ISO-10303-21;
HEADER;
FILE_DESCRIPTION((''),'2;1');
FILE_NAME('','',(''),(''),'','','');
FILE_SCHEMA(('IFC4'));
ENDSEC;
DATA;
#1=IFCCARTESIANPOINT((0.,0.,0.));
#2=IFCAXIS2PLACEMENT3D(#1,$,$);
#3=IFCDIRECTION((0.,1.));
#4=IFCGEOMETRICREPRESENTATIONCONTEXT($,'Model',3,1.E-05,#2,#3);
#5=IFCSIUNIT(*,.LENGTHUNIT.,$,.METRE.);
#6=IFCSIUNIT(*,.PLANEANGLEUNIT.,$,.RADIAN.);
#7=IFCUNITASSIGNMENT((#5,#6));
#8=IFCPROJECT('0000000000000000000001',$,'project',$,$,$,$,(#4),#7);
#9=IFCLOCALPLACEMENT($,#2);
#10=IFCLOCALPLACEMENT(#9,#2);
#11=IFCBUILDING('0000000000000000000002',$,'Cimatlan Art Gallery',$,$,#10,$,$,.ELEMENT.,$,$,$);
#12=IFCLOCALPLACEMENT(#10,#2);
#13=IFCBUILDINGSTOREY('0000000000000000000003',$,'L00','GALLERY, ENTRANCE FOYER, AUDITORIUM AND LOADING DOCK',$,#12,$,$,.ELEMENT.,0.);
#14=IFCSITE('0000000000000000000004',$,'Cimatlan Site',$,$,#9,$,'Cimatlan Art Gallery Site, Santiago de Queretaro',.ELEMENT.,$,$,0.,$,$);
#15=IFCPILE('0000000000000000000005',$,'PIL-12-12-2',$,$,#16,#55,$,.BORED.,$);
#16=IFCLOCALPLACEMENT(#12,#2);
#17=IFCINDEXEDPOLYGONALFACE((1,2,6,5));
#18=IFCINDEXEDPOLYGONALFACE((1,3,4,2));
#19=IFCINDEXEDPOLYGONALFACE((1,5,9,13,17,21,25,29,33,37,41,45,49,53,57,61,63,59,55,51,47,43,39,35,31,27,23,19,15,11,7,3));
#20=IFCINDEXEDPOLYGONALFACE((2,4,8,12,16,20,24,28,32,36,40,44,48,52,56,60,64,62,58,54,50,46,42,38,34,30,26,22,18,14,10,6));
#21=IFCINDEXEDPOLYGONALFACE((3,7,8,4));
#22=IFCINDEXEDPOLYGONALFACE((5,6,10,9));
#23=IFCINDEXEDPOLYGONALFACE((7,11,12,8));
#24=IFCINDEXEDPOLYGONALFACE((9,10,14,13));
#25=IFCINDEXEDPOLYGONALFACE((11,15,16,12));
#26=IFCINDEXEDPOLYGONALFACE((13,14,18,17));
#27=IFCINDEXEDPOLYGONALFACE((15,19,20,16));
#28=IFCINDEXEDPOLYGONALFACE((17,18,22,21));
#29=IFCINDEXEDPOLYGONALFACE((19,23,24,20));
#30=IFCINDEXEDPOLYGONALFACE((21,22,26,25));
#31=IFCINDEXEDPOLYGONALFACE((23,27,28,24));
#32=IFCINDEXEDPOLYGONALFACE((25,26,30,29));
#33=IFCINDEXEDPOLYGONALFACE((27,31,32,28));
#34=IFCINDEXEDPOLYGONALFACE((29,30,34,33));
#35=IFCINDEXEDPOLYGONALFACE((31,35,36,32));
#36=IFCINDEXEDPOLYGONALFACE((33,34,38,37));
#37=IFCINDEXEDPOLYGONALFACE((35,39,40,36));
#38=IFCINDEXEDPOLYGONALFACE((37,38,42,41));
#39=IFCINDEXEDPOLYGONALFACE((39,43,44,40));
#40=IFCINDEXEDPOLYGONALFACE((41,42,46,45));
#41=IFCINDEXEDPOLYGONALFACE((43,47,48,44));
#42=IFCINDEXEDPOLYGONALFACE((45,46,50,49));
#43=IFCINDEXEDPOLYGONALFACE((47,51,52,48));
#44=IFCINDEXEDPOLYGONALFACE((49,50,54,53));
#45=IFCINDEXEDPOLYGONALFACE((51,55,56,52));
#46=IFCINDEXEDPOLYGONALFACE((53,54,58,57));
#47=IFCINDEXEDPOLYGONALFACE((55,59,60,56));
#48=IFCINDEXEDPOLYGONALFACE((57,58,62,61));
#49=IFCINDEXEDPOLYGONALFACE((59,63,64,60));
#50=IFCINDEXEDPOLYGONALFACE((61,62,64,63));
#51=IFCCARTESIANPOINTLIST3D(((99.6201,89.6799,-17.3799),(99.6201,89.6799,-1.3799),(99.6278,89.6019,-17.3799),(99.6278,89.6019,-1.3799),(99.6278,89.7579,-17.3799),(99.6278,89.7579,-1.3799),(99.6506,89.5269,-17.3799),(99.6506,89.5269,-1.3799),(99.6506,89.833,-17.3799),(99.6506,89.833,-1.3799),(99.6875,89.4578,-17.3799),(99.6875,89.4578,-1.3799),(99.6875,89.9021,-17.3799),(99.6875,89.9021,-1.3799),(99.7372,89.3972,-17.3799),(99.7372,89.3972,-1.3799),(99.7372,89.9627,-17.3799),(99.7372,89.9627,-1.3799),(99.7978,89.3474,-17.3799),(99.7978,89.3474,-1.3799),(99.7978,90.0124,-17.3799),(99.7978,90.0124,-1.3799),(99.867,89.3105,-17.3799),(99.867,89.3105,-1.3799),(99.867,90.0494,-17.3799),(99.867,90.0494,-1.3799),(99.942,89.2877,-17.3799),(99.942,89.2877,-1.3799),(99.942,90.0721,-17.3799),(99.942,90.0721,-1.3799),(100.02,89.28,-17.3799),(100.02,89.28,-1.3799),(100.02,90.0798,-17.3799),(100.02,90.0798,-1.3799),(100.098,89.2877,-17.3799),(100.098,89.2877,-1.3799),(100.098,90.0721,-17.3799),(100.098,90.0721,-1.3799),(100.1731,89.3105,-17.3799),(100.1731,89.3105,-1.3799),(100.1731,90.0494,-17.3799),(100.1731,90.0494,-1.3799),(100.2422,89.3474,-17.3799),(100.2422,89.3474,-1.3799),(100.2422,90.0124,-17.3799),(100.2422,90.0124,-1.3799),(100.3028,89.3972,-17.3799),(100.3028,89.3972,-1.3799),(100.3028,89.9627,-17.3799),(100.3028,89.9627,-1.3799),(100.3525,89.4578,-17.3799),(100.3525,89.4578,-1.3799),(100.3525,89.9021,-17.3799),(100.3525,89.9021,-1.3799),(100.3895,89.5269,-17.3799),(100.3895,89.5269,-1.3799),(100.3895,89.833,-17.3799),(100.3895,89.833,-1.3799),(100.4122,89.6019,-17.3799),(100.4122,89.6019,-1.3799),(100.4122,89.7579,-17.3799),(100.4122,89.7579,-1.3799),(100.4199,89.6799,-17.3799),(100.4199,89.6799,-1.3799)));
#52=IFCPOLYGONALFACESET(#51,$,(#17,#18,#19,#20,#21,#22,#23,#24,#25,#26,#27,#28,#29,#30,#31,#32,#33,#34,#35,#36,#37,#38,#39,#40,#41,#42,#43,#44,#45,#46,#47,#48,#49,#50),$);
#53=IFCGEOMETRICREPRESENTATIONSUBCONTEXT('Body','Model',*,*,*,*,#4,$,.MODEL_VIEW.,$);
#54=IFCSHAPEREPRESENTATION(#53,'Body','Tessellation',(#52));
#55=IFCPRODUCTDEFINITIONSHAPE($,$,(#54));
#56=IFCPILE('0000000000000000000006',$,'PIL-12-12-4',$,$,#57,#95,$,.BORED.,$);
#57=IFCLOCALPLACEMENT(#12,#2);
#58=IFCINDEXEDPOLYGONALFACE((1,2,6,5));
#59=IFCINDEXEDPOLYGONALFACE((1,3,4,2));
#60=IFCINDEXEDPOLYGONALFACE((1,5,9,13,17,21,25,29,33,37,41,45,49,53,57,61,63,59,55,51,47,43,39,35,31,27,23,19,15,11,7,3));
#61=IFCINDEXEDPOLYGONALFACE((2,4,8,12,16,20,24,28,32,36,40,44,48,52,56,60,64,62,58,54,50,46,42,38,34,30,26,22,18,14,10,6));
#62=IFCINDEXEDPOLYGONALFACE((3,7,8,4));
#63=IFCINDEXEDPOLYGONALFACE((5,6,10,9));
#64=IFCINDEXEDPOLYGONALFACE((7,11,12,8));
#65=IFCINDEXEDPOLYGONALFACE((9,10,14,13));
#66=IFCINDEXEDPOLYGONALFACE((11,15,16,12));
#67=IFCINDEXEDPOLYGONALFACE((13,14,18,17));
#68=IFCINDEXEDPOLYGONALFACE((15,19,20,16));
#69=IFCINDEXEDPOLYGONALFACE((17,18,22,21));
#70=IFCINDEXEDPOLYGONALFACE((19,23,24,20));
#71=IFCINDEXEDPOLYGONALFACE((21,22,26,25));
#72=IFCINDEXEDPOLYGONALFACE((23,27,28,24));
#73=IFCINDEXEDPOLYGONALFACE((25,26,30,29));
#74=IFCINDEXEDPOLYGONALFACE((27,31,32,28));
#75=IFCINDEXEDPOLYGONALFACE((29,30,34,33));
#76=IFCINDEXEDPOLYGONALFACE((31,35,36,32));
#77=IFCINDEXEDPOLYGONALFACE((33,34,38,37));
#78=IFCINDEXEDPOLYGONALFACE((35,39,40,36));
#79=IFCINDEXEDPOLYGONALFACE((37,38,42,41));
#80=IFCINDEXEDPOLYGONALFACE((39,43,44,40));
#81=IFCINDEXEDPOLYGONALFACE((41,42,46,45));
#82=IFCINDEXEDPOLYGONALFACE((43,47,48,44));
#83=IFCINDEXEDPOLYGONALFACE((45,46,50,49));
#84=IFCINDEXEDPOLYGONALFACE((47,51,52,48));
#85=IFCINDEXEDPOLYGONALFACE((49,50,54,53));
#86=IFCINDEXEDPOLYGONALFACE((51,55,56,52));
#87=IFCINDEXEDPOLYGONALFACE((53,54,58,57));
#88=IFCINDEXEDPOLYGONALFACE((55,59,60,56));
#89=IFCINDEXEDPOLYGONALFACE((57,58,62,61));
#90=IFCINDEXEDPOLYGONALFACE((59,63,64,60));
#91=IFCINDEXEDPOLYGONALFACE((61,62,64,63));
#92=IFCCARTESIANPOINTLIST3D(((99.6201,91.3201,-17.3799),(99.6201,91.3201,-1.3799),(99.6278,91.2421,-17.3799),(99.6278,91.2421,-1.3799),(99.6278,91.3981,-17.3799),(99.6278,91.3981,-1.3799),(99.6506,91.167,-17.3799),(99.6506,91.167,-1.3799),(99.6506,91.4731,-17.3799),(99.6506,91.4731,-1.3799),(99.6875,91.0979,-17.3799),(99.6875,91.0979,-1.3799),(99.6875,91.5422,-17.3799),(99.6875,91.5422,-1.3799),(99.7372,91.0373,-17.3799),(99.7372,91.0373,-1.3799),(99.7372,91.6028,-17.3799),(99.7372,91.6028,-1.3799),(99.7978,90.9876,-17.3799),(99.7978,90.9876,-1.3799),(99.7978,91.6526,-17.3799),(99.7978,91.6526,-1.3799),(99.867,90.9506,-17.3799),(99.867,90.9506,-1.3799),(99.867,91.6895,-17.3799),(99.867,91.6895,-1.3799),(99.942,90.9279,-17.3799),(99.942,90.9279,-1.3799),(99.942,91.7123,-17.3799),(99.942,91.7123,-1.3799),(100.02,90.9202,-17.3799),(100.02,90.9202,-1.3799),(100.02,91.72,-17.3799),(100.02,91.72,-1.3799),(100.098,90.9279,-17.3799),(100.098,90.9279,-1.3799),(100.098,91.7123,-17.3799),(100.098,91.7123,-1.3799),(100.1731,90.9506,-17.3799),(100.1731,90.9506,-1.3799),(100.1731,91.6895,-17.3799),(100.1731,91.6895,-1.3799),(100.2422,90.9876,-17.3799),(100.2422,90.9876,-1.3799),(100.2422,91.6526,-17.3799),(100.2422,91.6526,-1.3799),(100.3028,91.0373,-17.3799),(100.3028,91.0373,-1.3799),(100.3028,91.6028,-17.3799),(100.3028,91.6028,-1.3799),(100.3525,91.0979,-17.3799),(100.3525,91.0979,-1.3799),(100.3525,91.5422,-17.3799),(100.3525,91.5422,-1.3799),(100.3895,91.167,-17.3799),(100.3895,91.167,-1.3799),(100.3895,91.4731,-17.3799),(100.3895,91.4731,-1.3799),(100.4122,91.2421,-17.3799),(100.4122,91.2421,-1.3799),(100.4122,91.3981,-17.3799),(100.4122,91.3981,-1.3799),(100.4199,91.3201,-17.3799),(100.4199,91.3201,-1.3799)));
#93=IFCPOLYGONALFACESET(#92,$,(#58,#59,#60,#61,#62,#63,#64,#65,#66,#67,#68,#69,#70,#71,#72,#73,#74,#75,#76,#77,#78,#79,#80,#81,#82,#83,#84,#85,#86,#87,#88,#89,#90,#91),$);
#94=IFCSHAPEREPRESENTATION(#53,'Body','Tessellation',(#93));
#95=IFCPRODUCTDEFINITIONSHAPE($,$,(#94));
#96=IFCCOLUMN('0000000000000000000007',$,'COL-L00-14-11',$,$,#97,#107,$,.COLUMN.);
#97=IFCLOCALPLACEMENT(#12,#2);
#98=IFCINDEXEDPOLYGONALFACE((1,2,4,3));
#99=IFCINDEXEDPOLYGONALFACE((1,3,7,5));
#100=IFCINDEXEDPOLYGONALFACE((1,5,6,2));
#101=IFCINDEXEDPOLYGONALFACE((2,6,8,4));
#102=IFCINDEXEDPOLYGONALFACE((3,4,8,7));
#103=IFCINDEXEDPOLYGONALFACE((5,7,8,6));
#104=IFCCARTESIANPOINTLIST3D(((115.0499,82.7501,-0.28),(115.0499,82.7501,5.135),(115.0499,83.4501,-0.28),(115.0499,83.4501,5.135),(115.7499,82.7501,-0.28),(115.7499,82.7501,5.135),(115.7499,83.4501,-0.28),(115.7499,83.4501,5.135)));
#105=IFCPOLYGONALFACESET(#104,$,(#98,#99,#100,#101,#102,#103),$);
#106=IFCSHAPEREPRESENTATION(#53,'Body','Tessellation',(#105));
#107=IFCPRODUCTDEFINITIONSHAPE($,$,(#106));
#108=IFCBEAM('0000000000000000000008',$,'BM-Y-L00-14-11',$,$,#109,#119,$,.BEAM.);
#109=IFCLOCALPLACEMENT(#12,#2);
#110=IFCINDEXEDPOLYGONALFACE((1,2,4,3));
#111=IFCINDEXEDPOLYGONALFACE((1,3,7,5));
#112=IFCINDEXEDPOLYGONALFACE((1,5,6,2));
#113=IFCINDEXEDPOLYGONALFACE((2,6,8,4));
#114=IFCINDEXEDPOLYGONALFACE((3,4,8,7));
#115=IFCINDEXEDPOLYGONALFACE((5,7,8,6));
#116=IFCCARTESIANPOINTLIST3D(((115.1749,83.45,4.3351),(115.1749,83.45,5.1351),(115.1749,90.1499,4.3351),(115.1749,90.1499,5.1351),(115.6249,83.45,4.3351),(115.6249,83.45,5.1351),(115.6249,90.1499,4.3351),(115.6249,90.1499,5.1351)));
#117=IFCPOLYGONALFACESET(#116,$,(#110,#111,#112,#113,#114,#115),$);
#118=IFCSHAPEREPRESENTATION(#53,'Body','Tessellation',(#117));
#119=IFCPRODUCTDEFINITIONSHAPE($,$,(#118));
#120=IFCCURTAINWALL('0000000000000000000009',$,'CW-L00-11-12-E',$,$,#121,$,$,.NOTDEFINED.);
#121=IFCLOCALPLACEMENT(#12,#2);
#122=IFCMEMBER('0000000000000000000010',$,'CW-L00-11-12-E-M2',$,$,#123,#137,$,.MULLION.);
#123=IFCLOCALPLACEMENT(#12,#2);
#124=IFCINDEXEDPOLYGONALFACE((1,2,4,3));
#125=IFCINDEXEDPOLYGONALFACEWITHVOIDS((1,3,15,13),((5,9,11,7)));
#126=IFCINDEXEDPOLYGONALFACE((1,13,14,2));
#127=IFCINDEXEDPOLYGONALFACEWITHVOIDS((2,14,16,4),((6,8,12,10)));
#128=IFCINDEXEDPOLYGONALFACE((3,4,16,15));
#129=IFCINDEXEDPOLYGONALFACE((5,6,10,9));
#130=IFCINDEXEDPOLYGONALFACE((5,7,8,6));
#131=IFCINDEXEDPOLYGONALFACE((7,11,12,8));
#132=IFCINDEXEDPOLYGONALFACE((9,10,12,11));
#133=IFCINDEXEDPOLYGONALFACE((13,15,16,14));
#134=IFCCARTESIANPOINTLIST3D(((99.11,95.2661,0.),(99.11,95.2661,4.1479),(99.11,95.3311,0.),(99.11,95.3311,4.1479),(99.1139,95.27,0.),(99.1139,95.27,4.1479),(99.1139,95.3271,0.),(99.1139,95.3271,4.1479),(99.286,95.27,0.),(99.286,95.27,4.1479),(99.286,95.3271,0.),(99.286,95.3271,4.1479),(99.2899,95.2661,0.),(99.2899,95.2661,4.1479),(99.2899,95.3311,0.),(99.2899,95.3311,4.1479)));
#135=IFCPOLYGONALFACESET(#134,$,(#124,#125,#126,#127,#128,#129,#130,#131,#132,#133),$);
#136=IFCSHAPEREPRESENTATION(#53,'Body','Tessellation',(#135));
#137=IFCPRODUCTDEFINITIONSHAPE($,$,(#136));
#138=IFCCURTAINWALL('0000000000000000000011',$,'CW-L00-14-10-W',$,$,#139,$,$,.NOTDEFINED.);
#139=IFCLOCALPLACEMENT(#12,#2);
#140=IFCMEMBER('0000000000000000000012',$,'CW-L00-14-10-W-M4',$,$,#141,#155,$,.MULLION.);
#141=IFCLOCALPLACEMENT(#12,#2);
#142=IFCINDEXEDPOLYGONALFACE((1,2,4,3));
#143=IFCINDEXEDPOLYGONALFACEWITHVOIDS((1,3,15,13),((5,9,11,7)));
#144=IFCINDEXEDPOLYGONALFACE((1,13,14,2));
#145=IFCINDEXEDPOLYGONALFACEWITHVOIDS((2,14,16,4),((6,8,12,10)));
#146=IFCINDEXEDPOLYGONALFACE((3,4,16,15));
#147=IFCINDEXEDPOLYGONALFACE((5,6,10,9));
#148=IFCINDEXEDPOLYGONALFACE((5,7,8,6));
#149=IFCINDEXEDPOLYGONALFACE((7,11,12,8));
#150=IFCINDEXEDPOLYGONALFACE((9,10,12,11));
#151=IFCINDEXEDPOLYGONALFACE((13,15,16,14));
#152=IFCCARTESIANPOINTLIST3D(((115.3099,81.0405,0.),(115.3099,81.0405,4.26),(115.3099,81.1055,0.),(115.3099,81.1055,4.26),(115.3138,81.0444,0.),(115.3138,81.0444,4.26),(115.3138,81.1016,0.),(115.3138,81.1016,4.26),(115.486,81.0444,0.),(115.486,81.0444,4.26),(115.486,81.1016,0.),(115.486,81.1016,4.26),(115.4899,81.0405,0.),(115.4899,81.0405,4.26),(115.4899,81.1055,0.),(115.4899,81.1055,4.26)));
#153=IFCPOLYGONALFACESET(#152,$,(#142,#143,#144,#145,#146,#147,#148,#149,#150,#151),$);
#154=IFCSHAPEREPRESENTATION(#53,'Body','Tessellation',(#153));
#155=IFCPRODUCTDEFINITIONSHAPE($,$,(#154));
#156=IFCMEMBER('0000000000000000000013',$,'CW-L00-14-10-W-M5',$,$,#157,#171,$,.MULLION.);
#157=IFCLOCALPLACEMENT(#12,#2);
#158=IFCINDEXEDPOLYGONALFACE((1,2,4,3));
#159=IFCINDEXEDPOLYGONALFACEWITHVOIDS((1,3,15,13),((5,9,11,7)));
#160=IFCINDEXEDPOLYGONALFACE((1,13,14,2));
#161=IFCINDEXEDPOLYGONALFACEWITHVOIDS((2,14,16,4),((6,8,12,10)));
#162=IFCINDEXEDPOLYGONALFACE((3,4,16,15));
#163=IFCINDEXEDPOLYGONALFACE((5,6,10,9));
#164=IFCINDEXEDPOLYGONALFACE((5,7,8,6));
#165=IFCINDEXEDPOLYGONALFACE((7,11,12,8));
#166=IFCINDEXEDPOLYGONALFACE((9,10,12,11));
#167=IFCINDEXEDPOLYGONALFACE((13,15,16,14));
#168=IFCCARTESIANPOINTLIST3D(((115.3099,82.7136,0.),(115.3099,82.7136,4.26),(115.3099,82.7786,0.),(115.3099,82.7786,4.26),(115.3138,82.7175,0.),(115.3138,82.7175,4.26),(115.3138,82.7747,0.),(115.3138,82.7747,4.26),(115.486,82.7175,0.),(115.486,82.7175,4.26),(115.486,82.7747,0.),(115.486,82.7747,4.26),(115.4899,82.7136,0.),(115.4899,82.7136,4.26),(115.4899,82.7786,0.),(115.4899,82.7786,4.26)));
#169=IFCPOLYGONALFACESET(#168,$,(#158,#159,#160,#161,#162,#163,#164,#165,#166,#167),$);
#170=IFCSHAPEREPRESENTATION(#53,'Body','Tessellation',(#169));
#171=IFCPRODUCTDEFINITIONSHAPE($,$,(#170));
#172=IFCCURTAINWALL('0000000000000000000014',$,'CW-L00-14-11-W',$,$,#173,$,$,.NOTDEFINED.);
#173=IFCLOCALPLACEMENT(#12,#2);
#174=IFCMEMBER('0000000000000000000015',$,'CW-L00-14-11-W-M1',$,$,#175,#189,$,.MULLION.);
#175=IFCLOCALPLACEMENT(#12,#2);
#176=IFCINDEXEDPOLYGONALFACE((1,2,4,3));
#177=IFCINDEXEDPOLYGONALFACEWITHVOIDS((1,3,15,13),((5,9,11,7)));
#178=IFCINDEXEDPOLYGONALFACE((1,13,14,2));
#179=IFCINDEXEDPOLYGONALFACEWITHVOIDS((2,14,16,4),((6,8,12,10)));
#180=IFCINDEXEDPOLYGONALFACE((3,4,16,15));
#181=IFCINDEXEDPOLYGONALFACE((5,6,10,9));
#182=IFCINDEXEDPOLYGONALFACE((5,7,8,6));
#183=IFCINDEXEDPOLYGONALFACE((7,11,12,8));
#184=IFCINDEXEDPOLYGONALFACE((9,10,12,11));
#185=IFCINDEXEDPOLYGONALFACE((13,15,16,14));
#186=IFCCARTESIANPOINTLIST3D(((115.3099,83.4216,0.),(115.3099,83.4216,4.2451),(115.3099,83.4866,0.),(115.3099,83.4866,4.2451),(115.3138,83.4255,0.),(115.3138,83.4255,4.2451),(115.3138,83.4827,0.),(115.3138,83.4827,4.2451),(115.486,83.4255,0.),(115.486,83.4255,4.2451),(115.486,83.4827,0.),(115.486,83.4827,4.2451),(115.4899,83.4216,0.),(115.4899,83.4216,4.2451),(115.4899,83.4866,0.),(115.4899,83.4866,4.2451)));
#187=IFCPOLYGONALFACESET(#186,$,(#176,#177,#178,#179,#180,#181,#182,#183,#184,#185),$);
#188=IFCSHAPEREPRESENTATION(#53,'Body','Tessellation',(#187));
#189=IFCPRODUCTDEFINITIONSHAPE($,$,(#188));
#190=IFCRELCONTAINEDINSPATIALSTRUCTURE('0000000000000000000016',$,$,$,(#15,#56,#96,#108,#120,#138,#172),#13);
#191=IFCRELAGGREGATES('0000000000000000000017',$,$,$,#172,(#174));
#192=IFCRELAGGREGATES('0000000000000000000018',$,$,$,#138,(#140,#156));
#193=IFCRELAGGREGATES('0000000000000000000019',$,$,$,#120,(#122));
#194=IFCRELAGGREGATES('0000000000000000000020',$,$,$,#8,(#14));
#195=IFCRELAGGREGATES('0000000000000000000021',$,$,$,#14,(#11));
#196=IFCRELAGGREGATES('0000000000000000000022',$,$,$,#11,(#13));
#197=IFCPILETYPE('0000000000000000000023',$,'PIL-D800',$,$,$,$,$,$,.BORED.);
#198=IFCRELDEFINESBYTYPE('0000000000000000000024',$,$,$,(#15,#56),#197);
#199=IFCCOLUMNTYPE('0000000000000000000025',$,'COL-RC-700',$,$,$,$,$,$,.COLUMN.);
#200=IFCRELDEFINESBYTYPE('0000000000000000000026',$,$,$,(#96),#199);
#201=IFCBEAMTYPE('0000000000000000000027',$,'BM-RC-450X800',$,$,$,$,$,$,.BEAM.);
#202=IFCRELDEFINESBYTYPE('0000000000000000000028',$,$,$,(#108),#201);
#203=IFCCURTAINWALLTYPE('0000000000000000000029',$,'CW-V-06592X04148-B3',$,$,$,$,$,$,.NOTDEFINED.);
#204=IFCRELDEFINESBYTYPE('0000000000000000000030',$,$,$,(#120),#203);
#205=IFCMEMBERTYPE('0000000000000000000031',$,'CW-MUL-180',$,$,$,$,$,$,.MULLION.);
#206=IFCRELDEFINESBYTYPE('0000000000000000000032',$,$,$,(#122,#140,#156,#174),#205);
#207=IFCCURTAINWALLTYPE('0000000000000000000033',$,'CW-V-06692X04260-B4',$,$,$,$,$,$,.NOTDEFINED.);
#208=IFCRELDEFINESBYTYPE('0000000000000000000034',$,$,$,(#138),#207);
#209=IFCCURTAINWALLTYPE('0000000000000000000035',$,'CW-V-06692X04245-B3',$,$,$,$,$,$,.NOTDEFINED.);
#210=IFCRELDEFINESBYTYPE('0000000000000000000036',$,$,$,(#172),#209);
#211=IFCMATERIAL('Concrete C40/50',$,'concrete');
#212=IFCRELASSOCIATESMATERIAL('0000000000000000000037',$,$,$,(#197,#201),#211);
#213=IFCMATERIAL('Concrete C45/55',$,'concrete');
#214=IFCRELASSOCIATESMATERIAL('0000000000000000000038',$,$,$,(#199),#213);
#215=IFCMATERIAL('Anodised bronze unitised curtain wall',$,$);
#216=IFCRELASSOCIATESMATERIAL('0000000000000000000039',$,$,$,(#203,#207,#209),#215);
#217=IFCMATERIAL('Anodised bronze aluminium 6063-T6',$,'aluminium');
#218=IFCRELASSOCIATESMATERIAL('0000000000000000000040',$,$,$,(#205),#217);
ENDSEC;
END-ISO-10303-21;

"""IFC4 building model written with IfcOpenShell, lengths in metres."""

from ifc_helpers import new_model, si_unit, direction, frame, origin, origin_2d, place, context, subcontext, project, spatial, rectangle, hollow_rectangle, circle, extrude, material, material_profile, profile_set, type_object, element, aggregate, save


model = new_model("IFC4")

# Units and contexts
model_context = context("Model", 3, precision=1e-05, world=origin(), true_north=direction((0.0, 1.0)))
body_context = subcontext(model_context, "Body", "Model", "MODEL_VIEW")
ifc_project = project(units=[si_unit("LENGTHUNIT", "METRE"), si_unit("PLANEANGLEUNIT", "RADIAN")], contexts=[model_context])

# Site, building, storey
site_placement = place(None, origin())
site = spatial("IfcSite", under=ifc_project, at=site_placement, Name="Cimatlan Site", LongName="Cimatlan Art Gallery Site, Santiago de Queretaro", CompositionType="ELEMENT", RefElevation=0.0)
building_placement = place(site_placement, origin())
building = spatial("IfcBuilding", under=site, at=building_placement, Name="Cimatlan Art Gallery", CompositionType="ELEMENT")
storey_placement = place(building_placement, origin())
storey = spatial("IfcBuildingStorey", under=building, at=storey_placement, Name="L00", Description="GALLERY, ENTRANCE FOYER, AUDITORIUM AND LOADING DOCK", CompositionType="ELEMENT", Elevation=0.0)

# Shared definitions
ifc_material_1 = material(Name="Concrete C40/50", Category="concrete")

# Piles
pile_type_1 = type_object("IfcPileType", Name="PIL-D800", PredefinedType="BORED", material=ifc_material_1)
for number, where, z_axis, x_axis, name in (
    (1, (100.02, 89.6799, -1.3799), (0.0, 0.0, -1.0), (1.0, 0.0, 0.0), "PIL-12-12-2"),
    (2, (100.02, 91.3201, -1.3799), (0.0, 0.0, -1.0), (1.0, 0.0, 0.0), "PIL-12-12-4"),
):
    element("IfcPile", number, at=place(storey_placement, frame(where, z_axis=z_axis, x_axis=x_axis)), inside=storey, type_object=pile_type_1, Name=name, PredefinedType="BORED", context=body_context, shape_type="SweptSolid", body=[
        extrude(circle(Radius=0.3999, at=origin_2d()), origin(), (0.0, 0.0, 1.0), 16.0),
    ])

# Column
ifc_material_2 = material(Name="Concrete C45/55", Category="concrete")
ifc_material_profile_1 = material_profile(ifc_material_2, rectangle(XDim=0.7, YDim=0.7, at=origin_2d()), Name="RC700X700")
ifc_profile_set_1 = profile_set([ifc_material_profile_1], Name="Concrete C45/55")
column_type = type_object("IfcColumnType", Name="COL-RC-700", PredefinedType="COLUMN", material=ifc_profile_set_1)
column_placement = place(storey_placement, frame((115.3999, 83.1001, -0.28), z_axis=(0.0, 0.0, 1.0), x_axis=(1.0, 0.0, 0.0)))
element("IfcColumn", 3, at=column_placement, inside=storey, type_object=column_type, Name="COL-L00-14-11", PredefinedType="COLUMN", context=body_context, shape_type="SweptSolid", body=[
    extrude(rectangle(XDim=0.7, YDim=0.7, at=origin_2d()), origin(), (0.0, 0.0, 1.0), 5.415),
])

# Beam
ifc_material_profile_2 = material_profile(ifc_material_1, rectangle(XDim=0.45, YDim=0.8, at=origin_2d()), Name="RC450X800")
ifc_profile_set_2 = profile_set([ifc_material_profile_2], Name="Concrete C40/50")
beam_type = type_object("IfcBeamType", Name="BM-RC-450X800", PredefinedType="BEAM", material=ifc_profile_set_2)
beam_placement = place(storey_placement, frame((115.3999, 83.45, 4.7351), z_axis=(0.0, 1.0, 0.0), x_axis=(-1.0, 0.0, 0.0)))
element("IfcBeam", 4, at=beam_placement, inside=storey, type_object=beam_type, Name="BM-Y-L00-14-11", PredefinedType="BEAM", context=body_context, shape_type="SweptSolid", body=[
    extrude(rectangle(XDim=0.45, YDim=0.8, at=origin_2d()), origin(), (0.0, 0.0, 1.0), 6.7),
])

# Curtain wall, member
ifc_material_3 = material(Name="Anodised bronze unitised curtain wall")
curtain_wall_type_1 = type_object("IfcCurtainWallType", Name="CW-V-06592X04148-B3", PredefinedType="NOTDEFINED", material=ifc_material_3)
curtain_wall_1_placement = place(storey_placement, origin())
curtain_wall_1 = element("IfcCurtainWall", 5, at=curtain_wall_1_placement, inside=storey, type_object=curtain_wall_type_1, Name="CW-L00-11-12-E", PredefinedType="NOTDEFINED")
ifc_material_4 = material(Name="Anodised bronze aluminium 6063-T6", Category="aluminium")
ifc_material_profile_3 = material_profile(ifc_material_4, hollow_rectangle(XDim=0.0649, YDim=0.1799, WallThickness=0.0039, at=origin_2d()), Name="ALU65X180X4")
ifc_profile_set_3 = profile_set([ifc_material_profile_3], Name="Anodised bronze aluminium 6063-T6")
member_type_1 = type_object("IfcMemberType", Name="CW-MUL-180", PredefinedType="MULLION", material=ifc_profile_set_3)
member_1_placement = place(storey_placement, frame((99.2, 95.2986, 0.0), z_axis=(0.0, 0.0, 1.0), x_axis=(0.0, 1.0, 0.0)))
member_1 = element("IfcMember", 6, at=member_1_placement, type_object=member_type_1, Name="CW-L00-11-12-E-M2", PredefinedType="MULLION", context=body_context, shape_type="SweptSolid", body=[
    extrude(hollow_rectangle(XDim=0.0649, YDim=0.1799, WallThickness=0.0039, at=origin_2d()), origin(), (0.0, 0.0, 1.0), 4.1479),
])

# Curtain walls, members
curtain_wall_type_2 = type_object("IfcCurtainWallType", Name="CW-V-06692X04260-B4", PredefinedType="NOTDEFINED", material=ifc_material_3)
curtain_wall_2_placement = place(storey_placement, origin())
curtain_wall_2 = element("IfcCurtainWall", 7, at=curtain_wall_2_placement, inside=storey, type_object=curtain_wall_type_2, Name="CW-L00-14-10-W", PredefinedType="NOTDEFINED")
member_2_placement = place(storey_placement, frame((115.3999, 81.073, 0.0), z_axis=(0.0, 0.0, 1.0), x_axis=(0.0, 1.0, 0.0)))
member_2 = element("IfcMember", 8, at=member_2_placement, type_object=member_type_1, Name="CW-L00-14-10-W-M4", PredefinedType="MULLION", context=body_context, shape_type="SweptSolid", body=[
    extrude(hollow_rectangle(XDim=0.0649, YDim=0.1799, WallThickness=0.0039, at=origin_2d()), origin(), (0.0, 0.0, 1.0), 4.26),
])
member_3_placement = place(storey_placement, frame((115.3999, 82.7461, 0.0), z_axis=(0.0, 0.0, 1.0), x_axis=(0.0, 1.0, 0.0)))
member_3 = element("IfcMember", 9, at=member_3_placement, type_object=member_type_1, Name="CW-L00-14-10-W-M5", PredefinedType="MULLION", context=body_context, shape_type="SweptSolid", body=[
    extrude(hollow_rectangle(XDim=0.0649, YDim=0.1799, WallThickness=0.0039, at=origin_2d()), origin(), (0.0, 0.0, 1.0), 4.26),
])
curtain_wall_type_3 = type_object("IfcCurtainWallType", Name="CW-V-06692X04245-B3", PredefinedType="NOTDEFINED", material=ifc_material_3)
curtain_wall_3_placement = place(storey_placement, origin())
curtain_wall_3 = element("IfcCurtainWall", 10, at=curtain_wall_3_placement, inside=storey, type_object=curtain_wall_type_3, Name="CW-L00-14-11-W", PredefinedType="NOTDEFINED")
member_4_placement = place(storey_placement, frame((115.3999, 83.4541, 0.0), z_axis=(0.0, 0.0, 1.0), x_axis=(0.0, 1.0, 0.0)))
member_4 = element("IfcMember", 11, at=member_4_placement, type_object=member_type_1, Name="CW-L00-14-11-W-M1", PredefinedType="MULLION", context=body_context, shape_type="SweptSolid", body=[
    extrude(hollow_rectangle(XDim=0.0649, YDim=0.1799, WallThickness=0.0039, at=origin_2d()), origin(), (0.0, 0.0, 1.0), 4.2451),
])
aggregate(curtain_wall_3, [member_4])

aggregate(curtain_wall_2, [member_2, member_3])
aggregate(curtain_wall_1, [member_1])

save(model, "model.ifc")
